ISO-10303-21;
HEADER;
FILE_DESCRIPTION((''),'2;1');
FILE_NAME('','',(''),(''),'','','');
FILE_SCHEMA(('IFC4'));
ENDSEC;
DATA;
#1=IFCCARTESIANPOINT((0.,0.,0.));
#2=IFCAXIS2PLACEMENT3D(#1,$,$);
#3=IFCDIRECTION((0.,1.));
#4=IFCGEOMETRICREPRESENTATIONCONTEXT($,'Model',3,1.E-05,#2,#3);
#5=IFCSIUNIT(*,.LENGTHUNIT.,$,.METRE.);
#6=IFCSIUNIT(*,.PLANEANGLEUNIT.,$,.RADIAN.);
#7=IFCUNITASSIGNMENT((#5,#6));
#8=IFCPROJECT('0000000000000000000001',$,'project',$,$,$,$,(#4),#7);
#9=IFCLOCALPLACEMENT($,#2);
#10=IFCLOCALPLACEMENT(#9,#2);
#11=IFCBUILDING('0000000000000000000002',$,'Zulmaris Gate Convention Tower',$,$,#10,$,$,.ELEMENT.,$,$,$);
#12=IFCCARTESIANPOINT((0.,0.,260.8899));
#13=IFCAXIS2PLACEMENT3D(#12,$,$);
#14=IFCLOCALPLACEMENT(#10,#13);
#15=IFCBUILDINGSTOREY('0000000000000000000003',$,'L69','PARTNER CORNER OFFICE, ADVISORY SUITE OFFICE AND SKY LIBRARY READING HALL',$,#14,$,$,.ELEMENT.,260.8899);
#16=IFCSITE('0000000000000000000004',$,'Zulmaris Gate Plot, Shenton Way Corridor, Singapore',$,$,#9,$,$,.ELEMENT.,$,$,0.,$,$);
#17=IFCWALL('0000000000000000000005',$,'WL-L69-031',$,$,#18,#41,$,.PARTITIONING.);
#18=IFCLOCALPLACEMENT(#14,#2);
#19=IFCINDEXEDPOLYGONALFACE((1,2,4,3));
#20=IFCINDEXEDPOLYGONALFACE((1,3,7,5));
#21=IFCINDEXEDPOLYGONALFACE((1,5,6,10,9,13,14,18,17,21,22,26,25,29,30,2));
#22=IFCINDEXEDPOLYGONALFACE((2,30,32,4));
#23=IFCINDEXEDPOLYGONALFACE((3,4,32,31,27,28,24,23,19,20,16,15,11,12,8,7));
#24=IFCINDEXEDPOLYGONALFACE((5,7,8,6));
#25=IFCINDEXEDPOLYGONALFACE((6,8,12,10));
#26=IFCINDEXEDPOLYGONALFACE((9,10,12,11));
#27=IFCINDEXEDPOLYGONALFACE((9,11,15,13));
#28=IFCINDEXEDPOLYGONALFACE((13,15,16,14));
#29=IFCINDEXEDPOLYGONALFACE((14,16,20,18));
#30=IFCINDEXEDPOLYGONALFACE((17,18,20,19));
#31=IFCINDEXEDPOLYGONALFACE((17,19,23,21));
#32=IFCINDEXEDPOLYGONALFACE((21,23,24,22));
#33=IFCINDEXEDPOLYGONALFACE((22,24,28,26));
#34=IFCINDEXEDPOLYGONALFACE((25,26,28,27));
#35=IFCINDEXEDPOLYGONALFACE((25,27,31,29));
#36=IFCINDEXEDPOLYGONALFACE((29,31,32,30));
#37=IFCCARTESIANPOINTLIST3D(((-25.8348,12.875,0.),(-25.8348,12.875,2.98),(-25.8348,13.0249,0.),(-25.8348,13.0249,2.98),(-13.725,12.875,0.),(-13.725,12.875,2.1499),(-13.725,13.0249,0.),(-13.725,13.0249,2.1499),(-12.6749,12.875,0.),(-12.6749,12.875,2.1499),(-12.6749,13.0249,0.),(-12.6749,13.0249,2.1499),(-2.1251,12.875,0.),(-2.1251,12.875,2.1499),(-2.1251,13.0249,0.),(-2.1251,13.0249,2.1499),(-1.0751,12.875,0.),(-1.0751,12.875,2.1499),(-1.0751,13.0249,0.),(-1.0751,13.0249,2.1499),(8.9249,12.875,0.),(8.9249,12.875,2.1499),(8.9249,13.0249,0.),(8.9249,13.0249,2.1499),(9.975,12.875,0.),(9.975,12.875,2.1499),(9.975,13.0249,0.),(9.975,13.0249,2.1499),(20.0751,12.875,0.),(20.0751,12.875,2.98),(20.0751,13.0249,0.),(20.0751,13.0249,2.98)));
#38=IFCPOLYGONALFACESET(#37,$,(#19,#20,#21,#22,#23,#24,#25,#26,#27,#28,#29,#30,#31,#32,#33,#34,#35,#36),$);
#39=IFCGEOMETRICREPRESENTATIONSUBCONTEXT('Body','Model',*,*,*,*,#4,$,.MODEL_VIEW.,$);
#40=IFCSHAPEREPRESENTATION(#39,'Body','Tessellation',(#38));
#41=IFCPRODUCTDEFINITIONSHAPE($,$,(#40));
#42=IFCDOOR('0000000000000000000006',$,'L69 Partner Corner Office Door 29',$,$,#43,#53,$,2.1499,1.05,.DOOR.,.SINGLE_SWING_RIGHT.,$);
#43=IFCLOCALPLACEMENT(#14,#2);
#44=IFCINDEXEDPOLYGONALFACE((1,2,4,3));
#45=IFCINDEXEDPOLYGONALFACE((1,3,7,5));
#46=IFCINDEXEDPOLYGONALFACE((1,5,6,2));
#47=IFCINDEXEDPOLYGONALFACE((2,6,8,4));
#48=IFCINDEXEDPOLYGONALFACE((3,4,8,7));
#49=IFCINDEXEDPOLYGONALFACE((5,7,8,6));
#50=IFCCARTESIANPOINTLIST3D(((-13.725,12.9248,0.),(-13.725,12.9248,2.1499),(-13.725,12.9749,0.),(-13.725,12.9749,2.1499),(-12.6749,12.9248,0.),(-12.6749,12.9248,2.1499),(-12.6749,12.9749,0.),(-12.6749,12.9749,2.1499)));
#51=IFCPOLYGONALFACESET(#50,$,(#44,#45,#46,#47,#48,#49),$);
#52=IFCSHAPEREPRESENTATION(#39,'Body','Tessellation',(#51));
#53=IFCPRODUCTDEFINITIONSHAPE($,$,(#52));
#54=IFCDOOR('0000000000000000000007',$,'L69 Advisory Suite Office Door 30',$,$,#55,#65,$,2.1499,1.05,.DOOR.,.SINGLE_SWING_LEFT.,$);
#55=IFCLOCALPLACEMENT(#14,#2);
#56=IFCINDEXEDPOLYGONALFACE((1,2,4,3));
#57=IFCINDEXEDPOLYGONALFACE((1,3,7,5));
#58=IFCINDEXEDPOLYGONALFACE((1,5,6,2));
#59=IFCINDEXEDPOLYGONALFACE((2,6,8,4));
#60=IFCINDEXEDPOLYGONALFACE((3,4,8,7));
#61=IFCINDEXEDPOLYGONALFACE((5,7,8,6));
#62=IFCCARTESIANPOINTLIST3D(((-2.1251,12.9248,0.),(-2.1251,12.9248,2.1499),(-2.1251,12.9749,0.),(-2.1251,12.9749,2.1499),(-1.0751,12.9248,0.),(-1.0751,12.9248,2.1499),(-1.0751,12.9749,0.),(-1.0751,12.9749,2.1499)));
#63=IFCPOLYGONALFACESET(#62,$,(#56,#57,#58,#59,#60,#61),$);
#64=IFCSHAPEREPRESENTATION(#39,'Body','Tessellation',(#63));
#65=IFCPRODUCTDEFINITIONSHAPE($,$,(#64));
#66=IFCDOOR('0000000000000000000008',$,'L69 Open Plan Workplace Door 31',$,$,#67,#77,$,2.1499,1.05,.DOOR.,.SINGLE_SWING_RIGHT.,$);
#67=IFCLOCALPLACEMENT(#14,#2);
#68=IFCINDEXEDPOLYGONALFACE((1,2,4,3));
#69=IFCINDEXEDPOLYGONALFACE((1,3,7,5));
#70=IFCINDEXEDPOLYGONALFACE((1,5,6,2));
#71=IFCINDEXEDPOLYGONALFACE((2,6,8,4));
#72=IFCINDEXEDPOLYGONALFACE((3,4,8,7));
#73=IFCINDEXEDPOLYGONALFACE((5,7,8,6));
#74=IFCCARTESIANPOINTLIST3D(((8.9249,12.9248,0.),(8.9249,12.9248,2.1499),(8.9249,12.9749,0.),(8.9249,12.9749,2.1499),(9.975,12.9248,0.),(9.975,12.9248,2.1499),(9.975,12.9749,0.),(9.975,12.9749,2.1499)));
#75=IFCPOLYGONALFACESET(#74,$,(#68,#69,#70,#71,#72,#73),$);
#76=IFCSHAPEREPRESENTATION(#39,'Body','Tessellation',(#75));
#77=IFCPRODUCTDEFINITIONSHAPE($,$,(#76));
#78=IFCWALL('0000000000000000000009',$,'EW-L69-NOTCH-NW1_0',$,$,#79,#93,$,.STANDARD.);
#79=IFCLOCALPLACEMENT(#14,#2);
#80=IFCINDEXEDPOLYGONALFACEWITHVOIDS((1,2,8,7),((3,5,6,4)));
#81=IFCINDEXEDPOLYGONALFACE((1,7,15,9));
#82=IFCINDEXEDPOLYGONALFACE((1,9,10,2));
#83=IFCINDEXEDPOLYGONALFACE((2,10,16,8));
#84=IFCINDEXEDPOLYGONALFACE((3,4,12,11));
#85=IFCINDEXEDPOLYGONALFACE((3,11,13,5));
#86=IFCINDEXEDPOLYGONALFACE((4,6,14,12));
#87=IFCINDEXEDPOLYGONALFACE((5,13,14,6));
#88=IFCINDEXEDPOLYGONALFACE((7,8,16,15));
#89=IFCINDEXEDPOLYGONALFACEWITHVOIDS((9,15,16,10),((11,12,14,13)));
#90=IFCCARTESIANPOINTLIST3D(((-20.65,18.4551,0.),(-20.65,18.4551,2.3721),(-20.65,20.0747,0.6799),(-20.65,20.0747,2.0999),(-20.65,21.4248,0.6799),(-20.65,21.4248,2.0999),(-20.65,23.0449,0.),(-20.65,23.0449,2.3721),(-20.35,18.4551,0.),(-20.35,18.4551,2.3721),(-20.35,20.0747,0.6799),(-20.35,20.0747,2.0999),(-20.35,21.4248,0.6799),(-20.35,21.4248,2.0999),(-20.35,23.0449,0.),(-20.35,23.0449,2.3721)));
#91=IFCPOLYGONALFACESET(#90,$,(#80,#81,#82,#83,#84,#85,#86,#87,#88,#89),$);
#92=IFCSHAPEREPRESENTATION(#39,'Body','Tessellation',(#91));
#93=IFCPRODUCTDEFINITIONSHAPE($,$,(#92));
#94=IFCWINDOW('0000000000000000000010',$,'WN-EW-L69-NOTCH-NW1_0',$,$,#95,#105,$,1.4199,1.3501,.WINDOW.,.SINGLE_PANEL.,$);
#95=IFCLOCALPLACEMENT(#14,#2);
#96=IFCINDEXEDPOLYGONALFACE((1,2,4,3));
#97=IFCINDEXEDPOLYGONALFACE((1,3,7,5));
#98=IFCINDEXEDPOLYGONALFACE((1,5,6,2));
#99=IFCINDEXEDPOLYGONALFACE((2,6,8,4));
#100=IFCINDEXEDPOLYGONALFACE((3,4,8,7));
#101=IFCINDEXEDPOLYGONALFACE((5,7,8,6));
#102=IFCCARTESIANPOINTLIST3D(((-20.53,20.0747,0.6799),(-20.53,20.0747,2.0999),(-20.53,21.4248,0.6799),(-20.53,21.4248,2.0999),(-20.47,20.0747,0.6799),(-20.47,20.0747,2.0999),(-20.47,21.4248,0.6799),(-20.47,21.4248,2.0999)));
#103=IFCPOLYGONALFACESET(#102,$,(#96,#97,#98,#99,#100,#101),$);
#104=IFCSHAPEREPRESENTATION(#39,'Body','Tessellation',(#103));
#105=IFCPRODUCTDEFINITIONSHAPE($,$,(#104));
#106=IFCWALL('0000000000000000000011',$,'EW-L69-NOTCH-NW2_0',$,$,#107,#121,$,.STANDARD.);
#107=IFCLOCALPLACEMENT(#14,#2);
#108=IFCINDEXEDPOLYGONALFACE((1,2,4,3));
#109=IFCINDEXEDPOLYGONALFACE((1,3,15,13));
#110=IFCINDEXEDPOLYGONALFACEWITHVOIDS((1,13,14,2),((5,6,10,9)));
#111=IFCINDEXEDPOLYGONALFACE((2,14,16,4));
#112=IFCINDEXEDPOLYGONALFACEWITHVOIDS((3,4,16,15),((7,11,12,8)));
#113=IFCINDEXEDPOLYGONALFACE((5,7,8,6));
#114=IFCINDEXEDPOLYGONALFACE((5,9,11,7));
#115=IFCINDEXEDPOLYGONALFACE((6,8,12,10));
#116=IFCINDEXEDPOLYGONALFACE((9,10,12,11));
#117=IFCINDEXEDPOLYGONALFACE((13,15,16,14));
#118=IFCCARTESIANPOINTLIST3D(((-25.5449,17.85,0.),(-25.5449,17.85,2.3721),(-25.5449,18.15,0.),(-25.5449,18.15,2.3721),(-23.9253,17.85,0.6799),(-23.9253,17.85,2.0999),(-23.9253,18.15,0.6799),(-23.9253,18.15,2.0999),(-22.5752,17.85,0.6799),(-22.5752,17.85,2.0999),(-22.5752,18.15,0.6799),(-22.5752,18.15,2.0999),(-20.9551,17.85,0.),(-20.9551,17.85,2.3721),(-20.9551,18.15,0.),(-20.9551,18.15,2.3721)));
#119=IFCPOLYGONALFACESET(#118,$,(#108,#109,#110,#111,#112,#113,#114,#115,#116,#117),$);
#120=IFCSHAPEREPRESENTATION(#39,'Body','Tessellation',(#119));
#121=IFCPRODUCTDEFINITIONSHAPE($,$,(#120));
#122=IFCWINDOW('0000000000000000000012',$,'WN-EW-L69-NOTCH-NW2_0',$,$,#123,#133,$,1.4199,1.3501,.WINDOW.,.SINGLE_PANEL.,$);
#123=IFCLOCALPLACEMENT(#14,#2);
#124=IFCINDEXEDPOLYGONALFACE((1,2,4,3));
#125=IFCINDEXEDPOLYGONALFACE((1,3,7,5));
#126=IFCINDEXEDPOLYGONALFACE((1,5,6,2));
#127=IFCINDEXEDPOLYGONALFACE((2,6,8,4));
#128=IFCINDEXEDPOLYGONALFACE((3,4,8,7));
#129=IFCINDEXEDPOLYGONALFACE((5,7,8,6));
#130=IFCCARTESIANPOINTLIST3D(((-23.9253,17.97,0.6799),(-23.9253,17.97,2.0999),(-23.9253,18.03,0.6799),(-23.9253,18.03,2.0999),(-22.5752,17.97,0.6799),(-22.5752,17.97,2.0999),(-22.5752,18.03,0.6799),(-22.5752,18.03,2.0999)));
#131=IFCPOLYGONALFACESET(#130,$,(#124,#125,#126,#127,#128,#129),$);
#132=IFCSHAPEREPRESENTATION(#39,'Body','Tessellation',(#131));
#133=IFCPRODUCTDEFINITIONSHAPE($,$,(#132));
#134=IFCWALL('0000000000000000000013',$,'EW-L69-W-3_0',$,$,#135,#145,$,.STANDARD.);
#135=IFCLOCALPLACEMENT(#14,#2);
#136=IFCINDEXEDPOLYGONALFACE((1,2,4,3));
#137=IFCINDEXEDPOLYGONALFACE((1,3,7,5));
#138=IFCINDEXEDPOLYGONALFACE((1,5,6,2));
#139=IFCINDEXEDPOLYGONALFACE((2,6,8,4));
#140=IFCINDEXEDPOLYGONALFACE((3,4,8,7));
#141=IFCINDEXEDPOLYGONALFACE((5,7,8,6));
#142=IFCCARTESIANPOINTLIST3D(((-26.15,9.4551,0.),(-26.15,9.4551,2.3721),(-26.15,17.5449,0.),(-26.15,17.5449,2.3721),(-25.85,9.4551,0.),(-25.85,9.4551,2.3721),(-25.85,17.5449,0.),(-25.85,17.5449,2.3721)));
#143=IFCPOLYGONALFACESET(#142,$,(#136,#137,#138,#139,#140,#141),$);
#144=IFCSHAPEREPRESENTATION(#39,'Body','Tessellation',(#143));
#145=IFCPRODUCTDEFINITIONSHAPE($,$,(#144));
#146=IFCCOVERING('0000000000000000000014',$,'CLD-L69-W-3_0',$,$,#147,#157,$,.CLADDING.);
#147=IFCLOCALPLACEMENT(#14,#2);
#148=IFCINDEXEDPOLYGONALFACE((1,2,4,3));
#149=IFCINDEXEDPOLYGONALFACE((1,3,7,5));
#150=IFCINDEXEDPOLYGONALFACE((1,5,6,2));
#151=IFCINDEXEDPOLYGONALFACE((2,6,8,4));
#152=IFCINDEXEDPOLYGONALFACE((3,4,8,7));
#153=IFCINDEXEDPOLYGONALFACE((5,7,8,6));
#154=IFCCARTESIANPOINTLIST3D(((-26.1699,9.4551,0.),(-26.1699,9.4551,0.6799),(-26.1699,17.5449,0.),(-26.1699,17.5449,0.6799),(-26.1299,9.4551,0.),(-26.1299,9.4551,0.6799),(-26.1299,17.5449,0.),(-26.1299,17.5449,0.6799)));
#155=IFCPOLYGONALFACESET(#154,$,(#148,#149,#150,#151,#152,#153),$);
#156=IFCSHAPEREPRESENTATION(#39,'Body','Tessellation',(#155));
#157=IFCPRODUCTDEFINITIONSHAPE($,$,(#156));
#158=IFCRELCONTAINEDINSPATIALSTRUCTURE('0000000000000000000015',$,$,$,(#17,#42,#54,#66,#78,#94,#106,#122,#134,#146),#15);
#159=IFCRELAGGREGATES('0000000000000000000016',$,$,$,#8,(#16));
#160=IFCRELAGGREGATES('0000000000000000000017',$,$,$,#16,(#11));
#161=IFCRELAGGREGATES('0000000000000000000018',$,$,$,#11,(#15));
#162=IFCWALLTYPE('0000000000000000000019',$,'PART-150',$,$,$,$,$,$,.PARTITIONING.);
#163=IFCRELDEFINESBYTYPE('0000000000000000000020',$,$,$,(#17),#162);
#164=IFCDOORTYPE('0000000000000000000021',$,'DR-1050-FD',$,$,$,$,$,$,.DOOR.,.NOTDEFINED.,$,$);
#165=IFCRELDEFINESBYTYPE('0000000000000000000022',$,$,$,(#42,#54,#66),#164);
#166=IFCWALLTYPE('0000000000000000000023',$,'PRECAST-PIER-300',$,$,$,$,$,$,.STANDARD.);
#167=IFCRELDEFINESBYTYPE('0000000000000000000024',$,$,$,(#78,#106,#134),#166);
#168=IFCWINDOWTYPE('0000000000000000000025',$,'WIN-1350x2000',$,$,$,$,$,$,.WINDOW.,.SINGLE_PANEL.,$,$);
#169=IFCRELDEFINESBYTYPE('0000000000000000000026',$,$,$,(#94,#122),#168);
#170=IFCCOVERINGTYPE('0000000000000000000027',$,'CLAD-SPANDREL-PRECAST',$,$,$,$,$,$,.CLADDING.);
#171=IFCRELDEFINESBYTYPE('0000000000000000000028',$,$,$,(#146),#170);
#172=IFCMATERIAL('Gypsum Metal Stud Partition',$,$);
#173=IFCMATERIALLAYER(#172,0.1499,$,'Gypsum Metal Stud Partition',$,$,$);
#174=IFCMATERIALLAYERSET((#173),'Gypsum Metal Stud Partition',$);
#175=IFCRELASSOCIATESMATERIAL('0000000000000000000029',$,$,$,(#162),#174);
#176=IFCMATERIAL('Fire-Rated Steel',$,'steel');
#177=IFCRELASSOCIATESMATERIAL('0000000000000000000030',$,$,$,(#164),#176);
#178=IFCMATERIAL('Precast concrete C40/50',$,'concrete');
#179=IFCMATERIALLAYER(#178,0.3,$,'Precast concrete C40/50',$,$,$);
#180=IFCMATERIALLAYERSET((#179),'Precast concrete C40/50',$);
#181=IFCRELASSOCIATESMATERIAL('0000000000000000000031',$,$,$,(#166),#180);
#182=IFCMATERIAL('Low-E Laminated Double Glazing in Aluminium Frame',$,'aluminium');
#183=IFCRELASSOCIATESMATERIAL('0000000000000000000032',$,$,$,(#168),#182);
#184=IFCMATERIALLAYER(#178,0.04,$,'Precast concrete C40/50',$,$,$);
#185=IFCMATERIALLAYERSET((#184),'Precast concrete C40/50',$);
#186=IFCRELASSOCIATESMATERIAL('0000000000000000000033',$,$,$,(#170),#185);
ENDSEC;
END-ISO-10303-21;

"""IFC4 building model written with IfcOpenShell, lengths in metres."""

from ifc_helpers import new_model, si_unit, direction, frame, frame_2d, origin, place, context, subcontext, project, spatial, rectangle, extrude, material, layer, layer_set, type_object, element, fill, save


model = new_model("IFC4")

# Units and contexts
model_context = context("Model", 3, precision=1e-05, world=origin(), true_north=direction((0.0, 1.0)))
body_context = subcontext(model_context, "Body", "Model", "MODEL_VIEW")
ifc_project = project(units=[si_unit("LENGTHUNIT", "METRE"), si_unit("PLANEANGLEUNIT", "RADIAN")], contexts=[model_context])

# Site, building, storey
site_placement = place(None, origin())
site = spatial("IfcSite", under=ifc_project, at=site_placement, Name="Zulmaris Gate Plot, Shenton Way Corridor, Singapore", CompositionType="ELEMENT", RefElevation=0.0)
building_placement = place(site_placement, origin())
building = spatial("IfcBuilding", under=site, at=building_placement, Name="Zulmaris Gate Convention Tower", CompositionType="ELEMENT")
storey_placement = place(building_placement, frame((0.0, 0.0, 260.8899)))
storey = spatial("IfcBuildingStorey", under=building, at=storey_placement, Name="L69", Description="PARTNER CORNER OFFICE, ADVISORY SUITE OFFICE AND SKY LIBRARY READING HALL", CompositionType="ELEMENT", Elevation=260.8899)

# Wall, openings, doors
ifc_material_1 = material(Name="Fire-Rated Steel", Category="steel")
ifc_material_2 = material(Name="Gypsum Metal Stud Partition")
ifc_layer_1 = layer(ifc_material_2, 0.1499, Name="Gypsum Metal Stud Partition")
ifc_layer_set_1 = layer_set([ifc_layer_1], Name="Gypsum Metal Stud Partition")
wall_type_1 = type_object("IfcWallType", Name="PART-150", PredefinedType="PARTITIONING", material=ifc_layer_set_1)
wall_1_placement = place(storey_placement, frame((-25.835, 12.95, 0.0), z_axis=(0.0, 0.0, 1.0), x_axis=(1.0, 0.0, 0.0)))
wall_1 = element("IfcWall", 1, at=wall_1_placement, inside=storey, type_object=wall_type_1, Name="WL-L69-031", PredefinedType="PARTITIONING", context=body_context, shape_type="SweptSolid", body=[
    extrude(rectangle(XDim=45.9099, YDim=0.1499, at=frame_2d((22.9551, 0.0))), origin(), (0.0, 0.0, 1.0), 2.98),
])
opening_1_placement = place(wall_1_placement, frame((12.1101, 0.0, 0.0)))
opening_1 = element("IfcOpeningElement", 2, at=opening_1_placement, cuts=wall_1, PredefinedType="OPENING", context=body_context, shape_type="SweptSolid", body=[
    extrude(rectangle(XDim=1.05, YDim=2.1499, at=frame_2d((0.5249, 1.075))), frame((0.0, 0.085, 0.0), z_axis=(0.0, -1.0, 0.0), x_axis=(1.0, 0.0, 0.0)), (0.0, 0.0, 1.0), 0.1699),
])
opening_2_placement = place(wall_1_placement, frame((23.71, 0.0, 0.0)))
opening_2 = element("IfcOpeningElement", 3, at=opening_2_placement, cuts=wall_1, PredefinedType="OPENING", context=body_context, shape_type="SweptSolid", body=[
    extrude(rectangle(XDim=1.05, YDim=2.1499, at=frame_2d((0.5249, 1.075))), frame((0.0, 0.085, 0.0), z_axis=(0.0, -1.0, 0.0), x_axis=(1.0, 0.0, 0.0)), (0.0, 0.0, 1.0), 0.1699),
])
opening_3_placement = place(wall_1_placement, frame((34.76, 0.0, 0.0)))
opening_3 = element("IfcOpeningElement", 4, at=opening_3_placement, cuts=wall_1, PredefinedType="OPENING", context=body_context, shape_type="SweptSolid", body=[
    extrude(rectangle(XDim=1.05, YDim=2.1499, at=frame_2d((0.5249, 1.075))), frame((0.0, 0.085, 0.0), z_axis=(0.0, -1.0, 0.0), x_axis=(1.0, 0.0, 0.0)), (0.0, 0.0, 1.0), 0.1699),
])
door_type_1 = type_object("IfcDoorType", Name="DR-1050-FD", OperationType="NOTDEFINED", PredefinedType="DOOR", material=ifc_material_1)
door_1_placement = place(opening_1_placement, origin())
door_1 = element("IfcDoor", 5, at=door_1_placement, inside=storey, type_object=door_type_1, Name="L69 Partner Corner Office Door 29", OperationType="SINGLE_SWING_RIGHT", OverallHeight=2.1499, OverallWidth=1.05, PredefinedType="DOOR", context=body_context, shape_type="SweptSolid", body=[
    extrude(rectangle(XDim=1.05, YDim=2.1499, at=frame_2d((0.5249, 1.075))), frame((0.0, 0.0249, 0.0), z_axis=(0.0, -1.0, 0.0), x_axis=(1.0, 0.0, 0.0)), (0.0, 0.0, 1.0), 0.05),
])
fill(opening_1, door_1)
door_2_placement = place(opening_2_placement, origin())
door_2 = element("IfcDoor", 6, at=door_2_placement, inside=storey, type_object=door_type_1, Name="L69 Advisory Suite Office Door 30", OperationType="SINGLE_SWING_LEFT", OverallHeight=2.1499, OverallWidth=1.05, PredefinedType="DOOR", context=body_context, shape_type="SweptSolid", body=[
    extrude(rectangle(XDim=1.05, YDim=2.1499, at=frame_2d((0.5249, 1.075))), frame((0.0, 0.0249, 0.0), z_axis=(0.0, -1.0, 0.0), x_axis=(1.0, 0.0, 0.0)), (0.0, 0.0, 1.0), 0.05),
])
fill(opening_2, door_2)
door_3_placement = place(opening_3_placement, origin())
door_3 = element("IfcDoor", 7, at=door_3_placement, inside=storey, type_object=door_type_1, Name="L69 Open Plan Workplace Door 31", OperationType="SINGLE_SWING_RIGHT", OverallHeight=2.1499, OverallWidth=1.05, PredefinedType="DOOR", context=body_context, shape_type="SweptSolid", body=[
    extrude(rectangle(XDim=1.05, YDim=2.1499, at=frame_2d((0.5249, 1.075))), frame((0.0, 0.0249, 0.0), z_axis=(0.0, -1.0, 0.0), x_axis=(1.0, 0.0, 0.0)), (0.0, 0.0, 1.0), 0.05),
])
fill(opening_3, door_3)

# Walls, openings, windows
ifc_material_3 = material(Name="Precast concrete C40/50", Category="concrete")
ifc_layer_2 = layer(ifc_material_3, 0.3, Name="Precast concrete C40/50")
ifc_layer_set_2 = layer_set([ifc_layer_2], Name="Precast concrete C40/50")
wall_type_2 = type_object("IfcWallType", Name="PRECAST-PIER-300", PredefinedType="STANDARD", material=ifc_layer_set_2)
wall_2_placement = place(storey_placement, frame((-20.5, 23.0449, 0.0), z_axis=(0.0, 0.0, 1.0), x_axis=(0.0, -1.0, 0.0)))
wall_2 = element("IfcWall", 8, at=wall_2_placement, inside=storey, type_object=wall_type_2, Name="EW-L69-NOTCH-NW1_0", PredefinedType="STANDARD", context=body_context, shape_type="SweptSolid", body=[
    extrude(rectangle(XDim=4.5898, YDim=0.3, at=frame_2d((2.2949, 0.0))), origin(), (0.0, 0.0, 1.0), 2.3721),
])
opening_4_placement = place(wall_2_placement, frame((1.6201, 0.0, 0.6799)))
opening_4 = element("IfcOpeningElement", 9, at=opening_4_placement, cuts=wall_2, PredefinedType="OPENING", context=body_context, shape_type="SweptSolid", body=[
    extrude(rectangle(XDim=1.3501, YDim=1.4199, at=frame_2d((0.675, 0.71))), frame((0.0, 0.1602, 0.0), z_axis=(0.0, -1.0, 0.0), x_axis=(1.0, 0.0, 0.0)), (0.0, 0.0, 1.0), 0.3201),
])
ifc_material_4 = material(Name="Low-E Laminated Double Glazing in Aluminium Frame", Category="aluminium")
window_type = type_object("IfcWindowType", Name="WIN-1350x2000", PartitioningType="SINGLE_PANEL", PredefinedType="WINDOW", material=ifc_material_4)
window_1_placement = place(opening_4_placement, origin())
window_1 = element("IfcWindow", 10, at=window_1_placement, inside=storey, type_object=window_type, Name="WN-EW-L69-NOTCH-NW1_0", OverallHeight=1.4199, OverallWidth=1.3501, PartitioningType="SINGLE_PANEL", PredefinedType="WINDOW", context=body_context, shape_type="SweptSolid", body=[
    extrude(rectangle(XDim=1.3501, YDim=1.4199, at=frame_2d((0.675, 0.71))), frame((0.0, 0.03, 0.0), z_axis=(0.0, -1.0, 0.0), x_axis=(1.0, 0.0, 0.0)), (0.0, 0.0, 1.0), 0.0601),
])
fill(opening_4, window_1)
wall_3_placement = place(storey_placement, frame((-20.9551, 18.0, 0.0), z_axis=(0.0, 0.0, 1.0), x_axis=(-1.0, 0.0, 0.0)))
wall_3 = element("IfcWall", 11, at=wall_3_placement, inside=storey, type_object=wall_type_2, Name="EW-L69-NOTCH-NW2_0", PredefinedType="STANDARD", context=body_context, shape_type="SweptSolid", body=[
    extrude(rectangle(XDim=4.5898, YDim=0.3, at=frame_2d((2.2949, 0.0))), origin(), (0.0, 0.0, 1.0), 2.3721),
])
opening_5_placement = place(wall_3_placement, frame((1.6201, 0.0, 0.6799)))
opening_5 = element("IfcOpeningElement", 12, at=opening_5_placement, cuts=wall_3, PredefinedType="OPENING", context=body_context, shape_type="SweptSolid", body=[
    extrude(rectangle(XDim=1.3501, YDim=1.4199, at=frame_2d((0.675, 0.71))), frame((0.0, 0.1602, 0.0), z_axis=(0.0, -1.0, 0.0), x_axis=(1.0, 0.0, 0.0)), (0.0, 0.0, 1.0), 0.3201),
])
window_2_placement = place(opening_5_placement, origin())
window_2 = element("IfcWindow", 13, at=window_2_placement, inside=storey, type_object=window_type, Name="WN-EW-L69-NOTCH-NW2_0", OverallHeight=1.4199, OverallWidth=1.3501, PartitioningType="SINGLE_PANEL", PredefinedType="WINDOW", context=body_context, shape_type="SweptSolid", body=[
    extrude(rectangle(XDim=1.3501, YDim=1.4199, at=frame_2d((0.675, 0.71))), frame((0.0, 0.03, 0.0), z_axis=(0.0, -1.0, 0.0), x_axis=(1.0, 0.0, 0.0)), (0.0, 0.0, 1.0), 0.0601),
])
fill(opening_5, window_2)

# Wall
wall_4_placement = place(storey_placement, frame((-26.0, 17.5449, 0.0), z_axis=(0.0, 0.0, 1.0), x_axis=(0.0, -1.0, 0.0)))
element("IfcWall", 14, at=wall_4_placement, inside=storey, type_object=wall_type_2, Name="EW-L69-W-3_0", PredefinedType="STANDARD", context=body_context, shape_type="SweptSolid", body=[
    extrude(rectangle(XDim=8.0898, YDim=0.3, at=frame_2d((4.0449, 0.0))), origin(), (0.0, 0.0, 1.0), 2.3721),
])

# Covering
ifc_layer_3 = layer(ifc_material_3, 0.04, Name="Precast concrete C40/50")
ifc_layer_set_3 = layer_set([ifc_layer_3], Name="Precast concrete C40/50")
covering_type_1 = type_object("IfcCoveringType", Name="CLAD-SPANDREL-PRECAST", PredefinedType="CLADDING", material=ifc_layer_set_3)
covering_1_placement = place(storey_placement, frame((-26.1499, 17.5449, 0.0), z_axis=(0.0, 0.0, 1.0), x_axis=(0.0, -1.0, 0.0)))
element("IfcCovering", 15, at=covering_1_placement, inside=storey, type_object=covering_type_1, Name="CLD-L69-W-3_0", PredefinedType="CLADDING", context=body_context, shape_type="SweptSolid", body=[
    extrude(rectangle(XDim=8.0898, YDim=0.04, at=frame_2d((4.0449, 0.0))), origin(), (0.0, 0.0, 1.0), 0.6799),
])

save(model, "model.ifc")
